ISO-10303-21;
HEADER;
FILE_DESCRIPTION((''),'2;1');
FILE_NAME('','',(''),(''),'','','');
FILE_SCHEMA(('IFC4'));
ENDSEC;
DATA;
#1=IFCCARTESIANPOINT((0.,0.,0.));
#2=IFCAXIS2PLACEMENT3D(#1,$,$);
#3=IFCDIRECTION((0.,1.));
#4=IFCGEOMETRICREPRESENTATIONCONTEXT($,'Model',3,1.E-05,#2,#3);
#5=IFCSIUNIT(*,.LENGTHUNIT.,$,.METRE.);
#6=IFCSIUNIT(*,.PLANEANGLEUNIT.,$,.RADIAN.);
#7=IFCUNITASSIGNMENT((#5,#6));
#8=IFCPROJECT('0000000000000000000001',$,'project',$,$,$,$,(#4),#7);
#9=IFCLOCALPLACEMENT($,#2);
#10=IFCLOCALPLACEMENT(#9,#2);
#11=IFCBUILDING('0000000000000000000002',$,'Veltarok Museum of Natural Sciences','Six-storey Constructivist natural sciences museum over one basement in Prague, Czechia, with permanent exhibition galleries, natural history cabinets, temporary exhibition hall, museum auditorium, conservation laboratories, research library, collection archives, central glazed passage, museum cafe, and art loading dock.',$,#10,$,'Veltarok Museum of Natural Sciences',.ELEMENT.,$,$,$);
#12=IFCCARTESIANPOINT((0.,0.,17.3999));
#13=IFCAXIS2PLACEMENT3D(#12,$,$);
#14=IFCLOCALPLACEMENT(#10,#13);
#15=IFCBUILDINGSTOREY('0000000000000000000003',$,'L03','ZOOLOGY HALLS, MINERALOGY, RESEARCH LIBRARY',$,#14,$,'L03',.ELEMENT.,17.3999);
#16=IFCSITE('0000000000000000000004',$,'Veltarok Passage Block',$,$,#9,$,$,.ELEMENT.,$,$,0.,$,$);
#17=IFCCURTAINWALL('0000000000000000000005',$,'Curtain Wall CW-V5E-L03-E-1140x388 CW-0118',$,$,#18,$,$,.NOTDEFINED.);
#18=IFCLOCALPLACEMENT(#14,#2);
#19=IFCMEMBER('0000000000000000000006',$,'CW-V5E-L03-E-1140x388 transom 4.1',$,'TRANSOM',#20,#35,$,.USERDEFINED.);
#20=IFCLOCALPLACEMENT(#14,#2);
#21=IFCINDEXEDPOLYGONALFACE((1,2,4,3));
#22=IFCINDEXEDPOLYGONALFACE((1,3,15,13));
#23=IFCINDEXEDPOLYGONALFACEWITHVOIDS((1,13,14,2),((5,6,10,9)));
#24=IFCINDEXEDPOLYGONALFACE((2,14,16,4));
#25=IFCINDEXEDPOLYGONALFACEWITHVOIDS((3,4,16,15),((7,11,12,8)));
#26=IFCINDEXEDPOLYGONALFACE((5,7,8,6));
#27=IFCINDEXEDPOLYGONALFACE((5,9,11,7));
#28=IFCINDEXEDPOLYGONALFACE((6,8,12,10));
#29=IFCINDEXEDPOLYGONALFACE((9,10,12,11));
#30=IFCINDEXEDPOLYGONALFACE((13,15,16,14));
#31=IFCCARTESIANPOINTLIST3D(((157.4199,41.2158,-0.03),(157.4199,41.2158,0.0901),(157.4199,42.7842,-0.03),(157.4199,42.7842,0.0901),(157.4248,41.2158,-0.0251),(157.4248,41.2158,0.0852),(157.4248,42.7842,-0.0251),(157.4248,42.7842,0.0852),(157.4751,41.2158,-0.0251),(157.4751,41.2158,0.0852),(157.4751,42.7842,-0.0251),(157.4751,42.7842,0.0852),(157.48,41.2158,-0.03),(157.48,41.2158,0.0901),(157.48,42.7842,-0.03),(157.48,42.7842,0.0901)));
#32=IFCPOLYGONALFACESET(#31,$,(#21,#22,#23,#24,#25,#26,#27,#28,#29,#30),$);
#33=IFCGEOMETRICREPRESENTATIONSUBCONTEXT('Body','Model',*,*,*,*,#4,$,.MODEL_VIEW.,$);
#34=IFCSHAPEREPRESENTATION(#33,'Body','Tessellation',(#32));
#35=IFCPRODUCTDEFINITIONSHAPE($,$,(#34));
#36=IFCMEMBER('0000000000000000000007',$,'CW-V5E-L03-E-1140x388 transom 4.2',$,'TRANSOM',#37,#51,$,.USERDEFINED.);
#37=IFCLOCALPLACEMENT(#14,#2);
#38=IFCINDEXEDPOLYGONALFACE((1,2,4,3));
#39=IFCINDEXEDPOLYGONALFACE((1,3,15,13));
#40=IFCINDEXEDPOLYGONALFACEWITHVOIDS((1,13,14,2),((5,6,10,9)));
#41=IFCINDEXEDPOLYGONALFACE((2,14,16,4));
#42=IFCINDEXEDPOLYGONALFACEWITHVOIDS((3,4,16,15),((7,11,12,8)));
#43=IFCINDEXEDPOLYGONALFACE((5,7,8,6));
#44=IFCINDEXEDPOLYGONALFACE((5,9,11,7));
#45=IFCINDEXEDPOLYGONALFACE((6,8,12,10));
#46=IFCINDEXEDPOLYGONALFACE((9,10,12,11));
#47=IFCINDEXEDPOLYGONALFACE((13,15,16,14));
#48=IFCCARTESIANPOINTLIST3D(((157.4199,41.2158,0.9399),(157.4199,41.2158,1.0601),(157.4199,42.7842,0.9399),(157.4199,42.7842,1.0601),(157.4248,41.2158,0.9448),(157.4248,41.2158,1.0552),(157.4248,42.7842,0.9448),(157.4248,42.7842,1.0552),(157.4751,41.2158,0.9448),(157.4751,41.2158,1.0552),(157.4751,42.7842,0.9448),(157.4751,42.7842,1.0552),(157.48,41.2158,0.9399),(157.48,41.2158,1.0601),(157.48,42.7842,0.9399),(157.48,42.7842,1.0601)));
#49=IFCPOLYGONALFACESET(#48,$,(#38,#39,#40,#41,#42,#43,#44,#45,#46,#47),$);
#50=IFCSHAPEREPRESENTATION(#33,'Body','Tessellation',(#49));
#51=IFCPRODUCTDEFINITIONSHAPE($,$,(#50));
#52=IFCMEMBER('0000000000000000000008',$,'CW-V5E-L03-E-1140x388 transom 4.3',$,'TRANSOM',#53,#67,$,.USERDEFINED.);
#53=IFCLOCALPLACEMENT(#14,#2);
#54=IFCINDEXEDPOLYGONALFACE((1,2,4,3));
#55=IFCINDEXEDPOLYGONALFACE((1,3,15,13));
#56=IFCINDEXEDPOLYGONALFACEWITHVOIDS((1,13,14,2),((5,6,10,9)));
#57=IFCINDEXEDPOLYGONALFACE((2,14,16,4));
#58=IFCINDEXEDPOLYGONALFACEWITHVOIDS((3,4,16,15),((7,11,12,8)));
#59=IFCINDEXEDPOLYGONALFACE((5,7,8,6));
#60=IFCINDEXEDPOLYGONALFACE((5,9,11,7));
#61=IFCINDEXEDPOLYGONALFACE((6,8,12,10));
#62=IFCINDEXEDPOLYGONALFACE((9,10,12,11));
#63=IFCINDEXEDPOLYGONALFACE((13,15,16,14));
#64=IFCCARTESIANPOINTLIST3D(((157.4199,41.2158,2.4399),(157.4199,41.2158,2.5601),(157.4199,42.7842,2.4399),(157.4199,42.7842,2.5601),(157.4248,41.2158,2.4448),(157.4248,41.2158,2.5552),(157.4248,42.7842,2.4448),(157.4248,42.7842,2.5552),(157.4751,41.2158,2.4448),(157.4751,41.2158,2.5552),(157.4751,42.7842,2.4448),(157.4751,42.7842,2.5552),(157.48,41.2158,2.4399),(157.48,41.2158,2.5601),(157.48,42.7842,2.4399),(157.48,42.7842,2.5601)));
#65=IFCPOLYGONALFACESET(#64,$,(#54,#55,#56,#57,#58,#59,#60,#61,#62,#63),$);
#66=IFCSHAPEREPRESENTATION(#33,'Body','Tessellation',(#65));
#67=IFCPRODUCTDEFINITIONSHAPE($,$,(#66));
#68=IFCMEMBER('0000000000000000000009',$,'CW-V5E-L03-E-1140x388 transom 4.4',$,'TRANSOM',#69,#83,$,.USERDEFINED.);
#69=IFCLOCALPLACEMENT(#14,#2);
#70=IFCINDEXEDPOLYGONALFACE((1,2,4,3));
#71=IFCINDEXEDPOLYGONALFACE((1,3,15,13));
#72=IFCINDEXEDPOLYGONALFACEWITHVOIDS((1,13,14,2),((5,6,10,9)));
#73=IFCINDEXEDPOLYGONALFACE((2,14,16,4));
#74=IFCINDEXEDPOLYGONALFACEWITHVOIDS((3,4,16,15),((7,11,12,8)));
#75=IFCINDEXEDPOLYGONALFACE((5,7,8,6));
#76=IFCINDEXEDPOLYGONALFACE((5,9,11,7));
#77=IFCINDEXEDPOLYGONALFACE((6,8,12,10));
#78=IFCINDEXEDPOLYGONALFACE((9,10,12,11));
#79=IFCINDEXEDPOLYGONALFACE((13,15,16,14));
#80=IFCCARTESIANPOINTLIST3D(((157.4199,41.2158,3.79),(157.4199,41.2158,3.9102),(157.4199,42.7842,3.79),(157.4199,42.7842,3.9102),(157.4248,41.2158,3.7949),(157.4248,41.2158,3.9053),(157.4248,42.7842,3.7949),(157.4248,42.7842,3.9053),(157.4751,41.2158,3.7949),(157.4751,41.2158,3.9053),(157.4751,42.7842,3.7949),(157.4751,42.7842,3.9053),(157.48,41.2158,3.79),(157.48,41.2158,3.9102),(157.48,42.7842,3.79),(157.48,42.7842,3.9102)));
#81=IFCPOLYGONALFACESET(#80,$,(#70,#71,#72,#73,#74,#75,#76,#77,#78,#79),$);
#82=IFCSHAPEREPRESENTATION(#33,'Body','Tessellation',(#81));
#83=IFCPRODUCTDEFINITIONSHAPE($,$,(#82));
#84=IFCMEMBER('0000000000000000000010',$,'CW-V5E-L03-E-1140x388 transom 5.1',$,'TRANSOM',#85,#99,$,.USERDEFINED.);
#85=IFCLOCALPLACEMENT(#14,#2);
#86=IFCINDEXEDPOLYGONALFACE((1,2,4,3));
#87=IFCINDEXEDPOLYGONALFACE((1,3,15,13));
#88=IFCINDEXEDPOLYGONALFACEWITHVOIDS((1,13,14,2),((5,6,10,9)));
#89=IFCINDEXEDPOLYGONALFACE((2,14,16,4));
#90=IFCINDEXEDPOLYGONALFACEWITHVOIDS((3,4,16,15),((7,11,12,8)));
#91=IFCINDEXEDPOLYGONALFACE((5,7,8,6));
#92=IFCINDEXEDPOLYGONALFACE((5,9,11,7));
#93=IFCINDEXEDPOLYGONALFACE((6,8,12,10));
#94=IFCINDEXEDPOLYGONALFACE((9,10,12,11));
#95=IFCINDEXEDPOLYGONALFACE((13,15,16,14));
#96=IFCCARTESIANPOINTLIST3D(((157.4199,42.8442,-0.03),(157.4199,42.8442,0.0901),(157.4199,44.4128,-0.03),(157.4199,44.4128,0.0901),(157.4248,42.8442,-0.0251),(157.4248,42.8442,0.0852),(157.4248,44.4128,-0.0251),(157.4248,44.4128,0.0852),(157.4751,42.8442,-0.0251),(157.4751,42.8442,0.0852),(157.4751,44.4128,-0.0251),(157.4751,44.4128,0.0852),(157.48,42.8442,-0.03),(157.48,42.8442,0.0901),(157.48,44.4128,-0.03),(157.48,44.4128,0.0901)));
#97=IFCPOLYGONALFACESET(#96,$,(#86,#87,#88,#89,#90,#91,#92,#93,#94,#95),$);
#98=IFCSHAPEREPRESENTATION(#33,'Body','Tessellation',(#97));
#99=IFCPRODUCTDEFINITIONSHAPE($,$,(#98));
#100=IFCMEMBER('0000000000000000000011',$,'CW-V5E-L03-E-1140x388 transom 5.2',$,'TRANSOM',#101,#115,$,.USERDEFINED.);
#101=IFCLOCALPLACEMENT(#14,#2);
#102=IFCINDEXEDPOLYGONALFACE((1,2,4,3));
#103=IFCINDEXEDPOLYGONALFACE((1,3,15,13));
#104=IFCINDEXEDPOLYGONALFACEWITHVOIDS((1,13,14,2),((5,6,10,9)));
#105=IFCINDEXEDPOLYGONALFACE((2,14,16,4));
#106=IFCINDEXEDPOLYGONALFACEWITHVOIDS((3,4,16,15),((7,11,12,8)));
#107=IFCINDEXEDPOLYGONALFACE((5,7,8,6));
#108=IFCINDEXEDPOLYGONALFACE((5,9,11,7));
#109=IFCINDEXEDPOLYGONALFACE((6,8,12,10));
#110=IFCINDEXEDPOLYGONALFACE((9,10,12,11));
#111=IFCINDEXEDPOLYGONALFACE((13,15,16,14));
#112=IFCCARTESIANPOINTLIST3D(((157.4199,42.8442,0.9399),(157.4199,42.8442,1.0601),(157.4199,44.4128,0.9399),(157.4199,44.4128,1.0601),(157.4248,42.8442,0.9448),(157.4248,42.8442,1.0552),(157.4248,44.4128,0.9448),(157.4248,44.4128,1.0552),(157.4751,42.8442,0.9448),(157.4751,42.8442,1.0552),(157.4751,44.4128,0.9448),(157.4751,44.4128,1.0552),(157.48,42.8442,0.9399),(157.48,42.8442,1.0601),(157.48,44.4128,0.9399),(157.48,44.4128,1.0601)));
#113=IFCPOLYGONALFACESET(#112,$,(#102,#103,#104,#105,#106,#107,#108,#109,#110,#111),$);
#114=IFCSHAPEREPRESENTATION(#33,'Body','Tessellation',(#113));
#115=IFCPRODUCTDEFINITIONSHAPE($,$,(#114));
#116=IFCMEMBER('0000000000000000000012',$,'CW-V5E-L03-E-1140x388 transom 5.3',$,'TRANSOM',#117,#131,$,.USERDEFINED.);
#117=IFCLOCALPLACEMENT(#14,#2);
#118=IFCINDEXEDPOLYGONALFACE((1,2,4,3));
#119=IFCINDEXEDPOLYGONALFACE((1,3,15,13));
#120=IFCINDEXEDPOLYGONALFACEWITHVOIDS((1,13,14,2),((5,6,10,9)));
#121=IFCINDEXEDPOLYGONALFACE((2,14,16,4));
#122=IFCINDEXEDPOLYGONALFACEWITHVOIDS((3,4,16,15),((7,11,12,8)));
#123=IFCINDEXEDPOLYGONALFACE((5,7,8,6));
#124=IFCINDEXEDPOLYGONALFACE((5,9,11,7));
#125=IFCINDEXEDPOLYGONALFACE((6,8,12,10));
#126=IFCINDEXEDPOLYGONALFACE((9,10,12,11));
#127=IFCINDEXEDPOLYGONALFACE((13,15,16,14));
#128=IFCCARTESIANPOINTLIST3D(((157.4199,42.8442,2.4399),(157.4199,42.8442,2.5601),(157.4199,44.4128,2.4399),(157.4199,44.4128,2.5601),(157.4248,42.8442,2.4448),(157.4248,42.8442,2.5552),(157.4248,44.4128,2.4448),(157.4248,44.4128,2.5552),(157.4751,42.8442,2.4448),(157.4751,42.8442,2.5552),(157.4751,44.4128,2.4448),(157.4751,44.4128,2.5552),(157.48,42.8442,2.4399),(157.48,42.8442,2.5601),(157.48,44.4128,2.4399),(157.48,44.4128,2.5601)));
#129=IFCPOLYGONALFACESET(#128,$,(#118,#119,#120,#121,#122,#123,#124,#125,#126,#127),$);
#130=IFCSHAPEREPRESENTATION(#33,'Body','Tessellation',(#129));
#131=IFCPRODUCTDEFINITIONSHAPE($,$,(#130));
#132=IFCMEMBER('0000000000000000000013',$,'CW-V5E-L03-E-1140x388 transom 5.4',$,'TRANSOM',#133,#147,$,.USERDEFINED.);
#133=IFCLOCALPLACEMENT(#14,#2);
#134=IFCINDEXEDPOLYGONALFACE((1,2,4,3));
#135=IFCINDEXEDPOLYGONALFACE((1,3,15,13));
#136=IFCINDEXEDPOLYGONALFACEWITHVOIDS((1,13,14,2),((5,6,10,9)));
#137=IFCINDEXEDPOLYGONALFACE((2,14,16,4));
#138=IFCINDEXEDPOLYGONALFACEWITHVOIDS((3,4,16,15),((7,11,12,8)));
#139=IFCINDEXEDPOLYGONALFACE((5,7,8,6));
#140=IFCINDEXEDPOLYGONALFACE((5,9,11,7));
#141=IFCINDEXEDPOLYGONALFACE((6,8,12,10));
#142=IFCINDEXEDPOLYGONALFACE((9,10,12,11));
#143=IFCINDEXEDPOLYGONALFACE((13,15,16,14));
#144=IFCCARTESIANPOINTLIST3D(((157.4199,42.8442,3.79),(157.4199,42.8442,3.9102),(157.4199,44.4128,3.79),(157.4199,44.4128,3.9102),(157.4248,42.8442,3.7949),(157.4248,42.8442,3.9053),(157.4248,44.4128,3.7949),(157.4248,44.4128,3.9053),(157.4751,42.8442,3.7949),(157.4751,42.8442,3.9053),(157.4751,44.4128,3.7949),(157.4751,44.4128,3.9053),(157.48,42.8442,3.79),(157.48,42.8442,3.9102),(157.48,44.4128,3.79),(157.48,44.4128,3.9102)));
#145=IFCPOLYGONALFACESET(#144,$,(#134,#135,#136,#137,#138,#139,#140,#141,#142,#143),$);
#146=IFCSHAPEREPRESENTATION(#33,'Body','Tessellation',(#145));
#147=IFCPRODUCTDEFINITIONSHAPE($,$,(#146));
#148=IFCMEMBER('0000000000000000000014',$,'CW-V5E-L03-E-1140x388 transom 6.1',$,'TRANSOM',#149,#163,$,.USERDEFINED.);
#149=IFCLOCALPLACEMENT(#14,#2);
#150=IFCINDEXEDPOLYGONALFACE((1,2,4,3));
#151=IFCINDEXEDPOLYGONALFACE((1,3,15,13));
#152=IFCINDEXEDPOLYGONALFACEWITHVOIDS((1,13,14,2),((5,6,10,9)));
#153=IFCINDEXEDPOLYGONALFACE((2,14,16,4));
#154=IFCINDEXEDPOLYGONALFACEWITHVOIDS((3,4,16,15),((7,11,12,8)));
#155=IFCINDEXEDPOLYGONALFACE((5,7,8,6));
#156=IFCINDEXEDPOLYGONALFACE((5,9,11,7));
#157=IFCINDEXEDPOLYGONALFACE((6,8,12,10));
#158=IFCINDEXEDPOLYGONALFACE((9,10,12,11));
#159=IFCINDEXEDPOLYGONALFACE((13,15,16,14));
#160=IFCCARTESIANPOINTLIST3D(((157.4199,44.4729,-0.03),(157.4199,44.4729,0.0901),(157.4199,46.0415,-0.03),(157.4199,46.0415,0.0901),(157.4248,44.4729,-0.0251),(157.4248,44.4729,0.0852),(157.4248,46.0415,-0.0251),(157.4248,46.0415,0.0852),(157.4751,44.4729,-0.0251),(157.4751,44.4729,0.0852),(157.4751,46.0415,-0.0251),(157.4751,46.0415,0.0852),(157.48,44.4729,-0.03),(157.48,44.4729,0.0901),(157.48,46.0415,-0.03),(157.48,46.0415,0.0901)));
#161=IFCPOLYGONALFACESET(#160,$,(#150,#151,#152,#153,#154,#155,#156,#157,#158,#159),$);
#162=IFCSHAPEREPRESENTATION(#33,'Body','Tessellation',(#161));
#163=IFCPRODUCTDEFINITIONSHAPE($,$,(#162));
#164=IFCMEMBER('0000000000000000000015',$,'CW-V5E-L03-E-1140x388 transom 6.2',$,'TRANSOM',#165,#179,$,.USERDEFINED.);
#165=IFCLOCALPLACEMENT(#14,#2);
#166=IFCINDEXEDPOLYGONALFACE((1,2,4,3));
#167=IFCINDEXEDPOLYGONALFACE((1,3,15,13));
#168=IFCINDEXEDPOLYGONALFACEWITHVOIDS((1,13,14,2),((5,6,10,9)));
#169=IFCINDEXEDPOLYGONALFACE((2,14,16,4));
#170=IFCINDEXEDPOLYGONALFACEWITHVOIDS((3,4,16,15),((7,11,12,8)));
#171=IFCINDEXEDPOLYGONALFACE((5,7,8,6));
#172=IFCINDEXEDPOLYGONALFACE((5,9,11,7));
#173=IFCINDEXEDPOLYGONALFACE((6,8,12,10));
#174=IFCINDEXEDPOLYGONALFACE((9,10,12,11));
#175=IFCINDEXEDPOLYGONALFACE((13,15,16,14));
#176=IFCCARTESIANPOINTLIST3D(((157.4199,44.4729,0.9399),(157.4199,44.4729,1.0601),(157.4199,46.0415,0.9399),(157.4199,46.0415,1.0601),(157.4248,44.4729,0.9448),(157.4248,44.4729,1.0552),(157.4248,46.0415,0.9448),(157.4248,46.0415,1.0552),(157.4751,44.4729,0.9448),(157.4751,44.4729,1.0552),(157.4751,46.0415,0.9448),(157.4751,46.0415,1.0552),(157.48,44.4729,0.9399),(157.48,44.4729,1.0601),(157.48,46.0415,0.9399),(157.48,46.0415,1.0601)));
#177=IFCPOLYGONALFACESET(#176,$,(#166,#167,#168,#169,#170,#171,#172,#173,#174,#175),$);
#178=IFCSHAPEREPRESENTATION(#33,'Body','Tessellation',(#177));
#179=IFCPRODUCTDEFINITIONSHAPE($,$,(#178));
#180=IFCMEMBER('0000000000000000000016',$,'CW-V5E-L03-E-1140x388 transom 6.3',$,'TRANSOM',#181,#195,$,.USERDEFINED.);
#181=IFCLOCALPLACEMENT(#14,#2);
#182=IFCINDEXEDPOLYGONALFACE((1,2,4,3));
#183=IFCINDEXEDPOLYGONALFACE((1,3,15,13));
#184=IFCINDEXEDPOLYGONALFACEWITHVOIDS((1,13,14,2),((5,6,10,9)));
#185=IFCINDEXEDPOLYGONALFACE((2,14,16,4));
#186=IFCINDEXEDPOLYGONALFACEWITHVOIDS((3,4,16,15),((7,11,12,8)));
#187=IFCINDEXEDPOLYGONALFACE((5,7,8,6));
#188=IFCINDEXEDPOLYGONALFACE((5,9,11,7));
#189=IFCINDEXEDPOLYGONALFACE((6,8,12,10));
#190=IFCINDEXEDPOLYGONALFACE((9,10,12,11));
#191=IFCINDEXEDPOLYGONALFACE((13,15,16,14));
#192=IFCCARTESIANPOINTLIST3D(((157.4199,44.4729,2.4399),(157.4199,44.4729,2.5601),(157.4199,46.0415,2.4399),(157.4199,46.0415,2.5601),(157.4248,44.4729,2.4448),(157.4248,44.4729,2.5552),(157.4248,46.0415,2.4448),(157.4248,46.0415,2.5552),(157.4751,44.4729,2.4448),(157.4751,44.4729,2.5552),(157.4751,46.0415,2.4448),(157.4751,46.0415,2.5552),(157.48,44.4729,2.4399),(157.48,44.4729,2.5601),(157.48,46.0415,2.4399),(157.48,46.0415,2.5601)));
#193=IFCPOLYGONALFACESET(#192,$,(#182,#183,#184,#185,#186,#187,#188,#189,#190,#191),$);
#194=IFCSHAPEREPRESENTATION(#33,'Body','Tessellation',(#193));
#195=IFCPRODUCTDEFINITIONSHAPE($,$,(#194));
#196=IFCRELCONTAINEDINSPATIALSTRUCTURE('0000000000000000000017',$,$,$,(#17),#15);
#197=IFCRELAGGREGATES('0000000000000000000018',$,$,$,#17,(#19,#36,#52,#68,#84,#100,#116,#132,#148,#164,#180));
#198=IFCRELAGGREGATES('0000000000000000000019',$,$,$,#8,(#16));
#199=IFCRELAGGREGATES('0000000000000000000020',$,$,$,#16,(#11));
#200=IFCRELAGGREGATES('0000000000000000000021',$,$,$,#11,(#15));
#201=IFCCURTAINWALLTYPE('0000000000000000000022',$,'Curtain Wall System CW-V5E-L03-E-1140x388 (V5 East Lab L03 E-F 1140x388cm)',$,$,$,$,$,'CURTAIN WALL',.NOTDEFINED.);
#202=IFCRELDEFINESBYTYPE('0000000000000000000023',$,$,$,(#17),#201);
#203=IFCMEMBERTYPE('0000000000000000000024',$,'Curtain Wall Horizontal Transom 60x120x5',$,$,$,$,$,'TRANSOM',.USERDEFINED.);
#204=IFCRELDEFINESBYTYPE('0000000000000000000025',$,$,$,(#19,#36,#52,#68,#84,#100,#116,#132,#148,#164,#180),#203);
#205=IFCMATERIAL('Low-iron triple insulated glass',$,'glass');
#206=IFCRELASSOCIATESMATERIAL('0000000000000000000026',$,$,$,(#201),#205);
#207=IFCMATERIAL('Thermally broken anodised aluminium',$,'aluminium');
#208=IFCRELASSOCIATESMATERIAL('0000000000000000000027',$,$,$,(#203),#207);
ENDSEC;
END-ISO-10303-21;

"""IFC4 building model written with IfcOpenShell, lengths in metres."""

from ifc_helpers import new_model, si_unit, direction, frame, origin, origin_2d, place, context, subcontext, project, spatial, hollow_rectangle, extrude, material, material_profile, profile_set, type_object, element, aggregate, save


model = new_model("IFC4")

# Units and contexts
model_context = context("Model", 3, precision=1e-05, world=origin(), true_north=direction((0.0, 1.0)))
body_context = subcontext(model_context, "Body", "Model", "MODEL_VIEW")
ifc_project = project(units=[si_unit("LENGTHUNIT", "METRE"), si_unit("PLANEANGLEUNIT", "RADIAN")], contexts=[model_context])

# Site, building, storey
site_placement = place(None, origin())
site = spatial("IfcSite", under=ifc_project, at=site_placement, Name="Veltarok Passage Block", CompositionType="ELEMENT", RefElevation=0.0)
building_placement = place(site_placement, origin())
building = spatial("IfcBuilding", under=site, at=building_placement, Name="Veltarok Museum of Natural Sciences", Description="Six-storey Constructivist natural sciences museum over one basement in Prague, Czechia, with permanent exhibition galleries, natural history cabinets, temporary exhibition hall, museum auditorium, conservation laboratories, research library, collection archives, central glazed passage, museum cafe, and art loading dock.", LongName="Veltarok Museum of Natural Sciences", CompositionType="ELEMENT")
storey_placement = place(building_placement, frame((0.0, 0.0, 17.3999)))
storey = spatial("IfcBuildingStorey", under=building, at=storey_placement, Name="L03", Description="ZOOLOGY HALLS, MINERALOGY, RESEARCH LIBRARY", LongName="L03", CompositionType="ELEMENT", Elevation=17.3999)

# Curtain wall, members
ifc_material_1 = material(Name="Low-iron triple insulated glass", Category="glass")
curtain_wall_type = type_object("IfcCurtainWallType", Name="Curtain Wall System CW-V5E-L03-E-1140x388 (V5 East Lab L03 E-F 1140x388cm)", ElementType="CURTAIN WALL", PredefinedType="NOTDEFINED", material=ifc_material_1)
curtain_wall_placement = place(storey_placement, origin())
curtain_wall = element("IfcCurtainWall", 1, at=curtain_wall_placement, inside=storey, type_object=curtain_wall_type, Name="Curtain Wall CW-V5E-L03-E-1140x388 CW-0118", PredefinedType="NOTDEFINED")
ifc_material_2 = material(Name="Thermally broken anodised aluminium", Category="aluminium")
ifc_material_profile_1 = material_profile(ifc_material_2, hollow_rectangle(XDim=0.0601, YDim=0.1201, WallThickness=0.0049, at=origin_2d()), Name="CW TRANSOM 60x120x5")
ifc_profile_set_1 = profile_set([ifc_material_profile_1], Name="Thermally broken anodised aluminium")
member_type_1 = type_object("IfcMemberType", Name="Curtain Wall Horizontal Transom 60x120x5", ElementType="TRANSOM", PredefinedType="USERDEFINED", material=ifc_profile_set_1)
member_1_placement = place(storey_placement, frame((157.45, 41.2158, 0.03), z_axis=(0.0, 1.0, 0.0), x_axis=(-1.0, 0.0, 0.0)))
member_1 = element("IfcMember", 2, at=member_1_placement, type_object=member_type_1, Name="CW-V5E-L03-E-1140x388 transom 4.1", ObjectType="TRANSOM", PredefinedType="USERDEFINED", context=body_context, shape_type="SweptSolid", body=[
    extrude(hollow_rectangle(XDim=0.0601, YDim=0.1201, WallThickness=0.0049, at=origin_2d()), origin(), (0.0, 0.0, 1.0), 1.5684),
])
member_2_placement = place(storey_placement, frame((157.45, 41.2158, 1.0), z_axis=(0.0, 1.0, 0.0), x_axis=(-1.0, 0.0, 0.0)))
member_2 = element("IfcMember", 3, at=member_2_placement, type_object=member_type_1, Name="CW-V5E-L03-E-1140x388 transom 4.2", ObjectType="TRANSOM", PredefinedType="USERDEFINED", context=body_context, shape_type="SweptSolid", body=[
    extrude(hollow_rectangle(XDim=0.0601, YDim=0.1201, WallThickness=0.0049, at=origin_2d()), origin(), (0.0, 0.0, 1.0), 1.5684),
])
member_3_placement = place(storey_placement, frame((157.45, 41.2158, 2.5), z_axis=(0.0, 1.0, 0.0), x_axis=(-1.0, 0.0, 0.0)))
member_3 = element("IfcMember", 4, at=member_3_placement, type_object=member_type_1, Name="CW-V5E-L03-E-1140x388 transom 4.3", ObjectType="TRANSOM", PredefinedType="USERDEFINED", context=body_context, shape_type="SweptSolid", body=[
    extrude(hollow_rectangle(XDim=0.0601, YDim=0.1201, WallThickness=0.0049, at=origin_2d()), origin(), (0.0, 0.0, 1.0), 1.5684),
])
member_4_placement = place(storey_placement, frame((157.45, 41.2158, 3.8501), z_axis=(0.0, 1.0, 0.0), x_axis=(-1.0, 0.0, 0.0)))
member_4 = element("IfcMember", 5, at=member_4_placement, type_object=member_type_1, Name="CW-V5E-L03-E-1140x388 transom 4.4", ObjectType="TRANSOM", PredefinedType="USERDEFINED", context=body_context, shape_type="SweptSolid", body=[
    extrude(hollow_rectangle(XDim=0.0601, YDim=0.1201, WallThickness=0.0049, at=origin_2d()), origin(), (0.0, 0.0, 1.0), 1.5684),
])
member_5_placement = place(storey_placement, frame((157.45, 42.8442, 0.03), z_axis=(0.0, 1.0, 0.0), x_axis=(-1.0, 0.0, 0.0)))
member_5 = element("IfcMember", 6, at=member_5_placement, type_object=member_type_1, Name="CW-V5E-L03-E-1140x388 transom 5.1", ObjectType="TRANSOM", PredefinedType="USERDEFINED", context=body_context, shape_type="SweptSolid", body=[
    extrude(hollow_rectangle(XDim=0.0601, YDim=0.1201, WallThickness=0.0049, at=origin_2d()), origin(), (0.0, 0.0, 1.0), 1.5686),
])
member_6_placement = place(storey_placement, frame((157.45, 42.8442, 1.0), z_axis=(0.0, 1.0, 0.0), x_axis=(-1.0, 0.0, 0.0)))
member_6 = element("IfcMember", 7, at=member_6_placement, type_object=member_type_1, Name="CW-V5E-L03-E-1140x388 transom 5.2", ObjectType="TRANSOM", PredefinedType="USERDEFINED", context=body_context, shape_type="SweptSolid", body=[
    extrude(hollow_rectangle(XDim=0.0601, YDim=0.1201, WallThickness=0.0049, at=origin_2d()), origin(), (0.0, 0.0, 1.0), 1.5686),
])
member_7_placement = place(storey_placement, frame((157.45, 42.8442, 2.5), z_axis=(0.0, 1.0, 0.0), x_axis=(-1.0, 0.0, 0.0)))
member_7 = element("IfcMember", 8, at=member_7_placement, type_object=member_type_1, Name="CW-V5E-L03-E-1140x388 transom 5.3", ObjectType="TRANSOM", PredefinedType="USERDEFINED", context=body_context, shape_type="SweptSolid", body=[
    extrude(hollow_rectangle(XDim=0.0601, YDim=0.1201, WallThickness=0.0049, at=origin_2d()), origin(), (0.0, 0.0, 1.0), 1.5686),
])
member_8_placement = place(storey_placement, frame((157.45, 42.8442, 3.8501), z_axis=(0.0, 1.0, 0.0), x_axis=(-1.0, 0.0, 0.0)))
member_8 = element("IfcMember", 9, at=member_8_placement, type_object=member_type_1, Name="CW-V5E-L03-E-1140x388 transom 5.4", ObjectType="TRANSOM", PredefinedType="USERDEFINED", context=body_context, shape_type="SweptSolid", body=[
    extrude(hollow_rectangle(XDim=0.0601, YDim=0.1201, WallThickness=0.0049, at=origin_2d()), origin(), (0.0, 0.0, 1.0), 1.5686),
])
member_9_placement = place(storey_placement, frame((157.45, 44.4729, 0.03), z_axis=(0.0, 1.0, 0.0), x_axis=(-1.0, 0.0, 0.0)))
member_9 = element("IfcMember", 10, at=member_9_placement, type_object=member_type_1, Name="CW-V5E-L03-E-1140x388 transom 6.1", ObjectType="TRANSOM", PredefinedType="USERDEFINED", context=body_context, shape_type="SweptSolid", body=[
    extrude(hollow_rectangle(XDim=0.0601, YDim=0.1201, WallThickness=0.0049, at=origin_2d()), origin(), (0.0, 0.0, 1.0), 1.5686),
])
member_10_placement = place(storey_placement, frame((157.45, 44.4729, 1.0), z_axis=(0.0, 1.0, 0.0), x_axis=(-1.0, 0.0, 0.0)))
member_10 = element("IfcMember", 11, at=member_10_placement, type_object=member_type_1, Name="CW-V5E-L03-E-1140x388 transom 6.2", ObjectType="TRANSOM", PredefinedType="USERDEFINED", context=body_context, shape_type="SweptSolid", body=[
    extrude(hollow_rectangle(XDim=0.0601, YDim=0.1201, WallThickness=0.0049, at=origin_2d()), origin(), (0.0, 0.0, 1.0), 1.5686),
])
member_11_placement = place(storey_placement, frame((157.45, 44.4729, 2.5), z_axis=(0.0, 1.0, 0.0), x_axis=(-1.0, 0.0, 0.0)))
member_11 = element("IfcMember", 12, at=member_11_placement, type_object=member_type_1, Name="CW-V5E-L03-E-1140x388 transom 6.3", ObjectType="TRANSOM", PredefinedType="USERDEFINED", context=body_context, shape_type="SweptSolid", body=[
    extrude(hollow_rectangle(XDim=0.0601, YDim=0.1201, WallThickness=0.0049, at=origin_2d()), origin(), (0.0, 0.0, 1.0), 1.5686),
])
aggregate(curtain_wall, [member_1, member_2, member_3, member_4, member_5, member_6, member_7, member_8, member_9, member_10, member_11])

save(model, "model.ifc")
